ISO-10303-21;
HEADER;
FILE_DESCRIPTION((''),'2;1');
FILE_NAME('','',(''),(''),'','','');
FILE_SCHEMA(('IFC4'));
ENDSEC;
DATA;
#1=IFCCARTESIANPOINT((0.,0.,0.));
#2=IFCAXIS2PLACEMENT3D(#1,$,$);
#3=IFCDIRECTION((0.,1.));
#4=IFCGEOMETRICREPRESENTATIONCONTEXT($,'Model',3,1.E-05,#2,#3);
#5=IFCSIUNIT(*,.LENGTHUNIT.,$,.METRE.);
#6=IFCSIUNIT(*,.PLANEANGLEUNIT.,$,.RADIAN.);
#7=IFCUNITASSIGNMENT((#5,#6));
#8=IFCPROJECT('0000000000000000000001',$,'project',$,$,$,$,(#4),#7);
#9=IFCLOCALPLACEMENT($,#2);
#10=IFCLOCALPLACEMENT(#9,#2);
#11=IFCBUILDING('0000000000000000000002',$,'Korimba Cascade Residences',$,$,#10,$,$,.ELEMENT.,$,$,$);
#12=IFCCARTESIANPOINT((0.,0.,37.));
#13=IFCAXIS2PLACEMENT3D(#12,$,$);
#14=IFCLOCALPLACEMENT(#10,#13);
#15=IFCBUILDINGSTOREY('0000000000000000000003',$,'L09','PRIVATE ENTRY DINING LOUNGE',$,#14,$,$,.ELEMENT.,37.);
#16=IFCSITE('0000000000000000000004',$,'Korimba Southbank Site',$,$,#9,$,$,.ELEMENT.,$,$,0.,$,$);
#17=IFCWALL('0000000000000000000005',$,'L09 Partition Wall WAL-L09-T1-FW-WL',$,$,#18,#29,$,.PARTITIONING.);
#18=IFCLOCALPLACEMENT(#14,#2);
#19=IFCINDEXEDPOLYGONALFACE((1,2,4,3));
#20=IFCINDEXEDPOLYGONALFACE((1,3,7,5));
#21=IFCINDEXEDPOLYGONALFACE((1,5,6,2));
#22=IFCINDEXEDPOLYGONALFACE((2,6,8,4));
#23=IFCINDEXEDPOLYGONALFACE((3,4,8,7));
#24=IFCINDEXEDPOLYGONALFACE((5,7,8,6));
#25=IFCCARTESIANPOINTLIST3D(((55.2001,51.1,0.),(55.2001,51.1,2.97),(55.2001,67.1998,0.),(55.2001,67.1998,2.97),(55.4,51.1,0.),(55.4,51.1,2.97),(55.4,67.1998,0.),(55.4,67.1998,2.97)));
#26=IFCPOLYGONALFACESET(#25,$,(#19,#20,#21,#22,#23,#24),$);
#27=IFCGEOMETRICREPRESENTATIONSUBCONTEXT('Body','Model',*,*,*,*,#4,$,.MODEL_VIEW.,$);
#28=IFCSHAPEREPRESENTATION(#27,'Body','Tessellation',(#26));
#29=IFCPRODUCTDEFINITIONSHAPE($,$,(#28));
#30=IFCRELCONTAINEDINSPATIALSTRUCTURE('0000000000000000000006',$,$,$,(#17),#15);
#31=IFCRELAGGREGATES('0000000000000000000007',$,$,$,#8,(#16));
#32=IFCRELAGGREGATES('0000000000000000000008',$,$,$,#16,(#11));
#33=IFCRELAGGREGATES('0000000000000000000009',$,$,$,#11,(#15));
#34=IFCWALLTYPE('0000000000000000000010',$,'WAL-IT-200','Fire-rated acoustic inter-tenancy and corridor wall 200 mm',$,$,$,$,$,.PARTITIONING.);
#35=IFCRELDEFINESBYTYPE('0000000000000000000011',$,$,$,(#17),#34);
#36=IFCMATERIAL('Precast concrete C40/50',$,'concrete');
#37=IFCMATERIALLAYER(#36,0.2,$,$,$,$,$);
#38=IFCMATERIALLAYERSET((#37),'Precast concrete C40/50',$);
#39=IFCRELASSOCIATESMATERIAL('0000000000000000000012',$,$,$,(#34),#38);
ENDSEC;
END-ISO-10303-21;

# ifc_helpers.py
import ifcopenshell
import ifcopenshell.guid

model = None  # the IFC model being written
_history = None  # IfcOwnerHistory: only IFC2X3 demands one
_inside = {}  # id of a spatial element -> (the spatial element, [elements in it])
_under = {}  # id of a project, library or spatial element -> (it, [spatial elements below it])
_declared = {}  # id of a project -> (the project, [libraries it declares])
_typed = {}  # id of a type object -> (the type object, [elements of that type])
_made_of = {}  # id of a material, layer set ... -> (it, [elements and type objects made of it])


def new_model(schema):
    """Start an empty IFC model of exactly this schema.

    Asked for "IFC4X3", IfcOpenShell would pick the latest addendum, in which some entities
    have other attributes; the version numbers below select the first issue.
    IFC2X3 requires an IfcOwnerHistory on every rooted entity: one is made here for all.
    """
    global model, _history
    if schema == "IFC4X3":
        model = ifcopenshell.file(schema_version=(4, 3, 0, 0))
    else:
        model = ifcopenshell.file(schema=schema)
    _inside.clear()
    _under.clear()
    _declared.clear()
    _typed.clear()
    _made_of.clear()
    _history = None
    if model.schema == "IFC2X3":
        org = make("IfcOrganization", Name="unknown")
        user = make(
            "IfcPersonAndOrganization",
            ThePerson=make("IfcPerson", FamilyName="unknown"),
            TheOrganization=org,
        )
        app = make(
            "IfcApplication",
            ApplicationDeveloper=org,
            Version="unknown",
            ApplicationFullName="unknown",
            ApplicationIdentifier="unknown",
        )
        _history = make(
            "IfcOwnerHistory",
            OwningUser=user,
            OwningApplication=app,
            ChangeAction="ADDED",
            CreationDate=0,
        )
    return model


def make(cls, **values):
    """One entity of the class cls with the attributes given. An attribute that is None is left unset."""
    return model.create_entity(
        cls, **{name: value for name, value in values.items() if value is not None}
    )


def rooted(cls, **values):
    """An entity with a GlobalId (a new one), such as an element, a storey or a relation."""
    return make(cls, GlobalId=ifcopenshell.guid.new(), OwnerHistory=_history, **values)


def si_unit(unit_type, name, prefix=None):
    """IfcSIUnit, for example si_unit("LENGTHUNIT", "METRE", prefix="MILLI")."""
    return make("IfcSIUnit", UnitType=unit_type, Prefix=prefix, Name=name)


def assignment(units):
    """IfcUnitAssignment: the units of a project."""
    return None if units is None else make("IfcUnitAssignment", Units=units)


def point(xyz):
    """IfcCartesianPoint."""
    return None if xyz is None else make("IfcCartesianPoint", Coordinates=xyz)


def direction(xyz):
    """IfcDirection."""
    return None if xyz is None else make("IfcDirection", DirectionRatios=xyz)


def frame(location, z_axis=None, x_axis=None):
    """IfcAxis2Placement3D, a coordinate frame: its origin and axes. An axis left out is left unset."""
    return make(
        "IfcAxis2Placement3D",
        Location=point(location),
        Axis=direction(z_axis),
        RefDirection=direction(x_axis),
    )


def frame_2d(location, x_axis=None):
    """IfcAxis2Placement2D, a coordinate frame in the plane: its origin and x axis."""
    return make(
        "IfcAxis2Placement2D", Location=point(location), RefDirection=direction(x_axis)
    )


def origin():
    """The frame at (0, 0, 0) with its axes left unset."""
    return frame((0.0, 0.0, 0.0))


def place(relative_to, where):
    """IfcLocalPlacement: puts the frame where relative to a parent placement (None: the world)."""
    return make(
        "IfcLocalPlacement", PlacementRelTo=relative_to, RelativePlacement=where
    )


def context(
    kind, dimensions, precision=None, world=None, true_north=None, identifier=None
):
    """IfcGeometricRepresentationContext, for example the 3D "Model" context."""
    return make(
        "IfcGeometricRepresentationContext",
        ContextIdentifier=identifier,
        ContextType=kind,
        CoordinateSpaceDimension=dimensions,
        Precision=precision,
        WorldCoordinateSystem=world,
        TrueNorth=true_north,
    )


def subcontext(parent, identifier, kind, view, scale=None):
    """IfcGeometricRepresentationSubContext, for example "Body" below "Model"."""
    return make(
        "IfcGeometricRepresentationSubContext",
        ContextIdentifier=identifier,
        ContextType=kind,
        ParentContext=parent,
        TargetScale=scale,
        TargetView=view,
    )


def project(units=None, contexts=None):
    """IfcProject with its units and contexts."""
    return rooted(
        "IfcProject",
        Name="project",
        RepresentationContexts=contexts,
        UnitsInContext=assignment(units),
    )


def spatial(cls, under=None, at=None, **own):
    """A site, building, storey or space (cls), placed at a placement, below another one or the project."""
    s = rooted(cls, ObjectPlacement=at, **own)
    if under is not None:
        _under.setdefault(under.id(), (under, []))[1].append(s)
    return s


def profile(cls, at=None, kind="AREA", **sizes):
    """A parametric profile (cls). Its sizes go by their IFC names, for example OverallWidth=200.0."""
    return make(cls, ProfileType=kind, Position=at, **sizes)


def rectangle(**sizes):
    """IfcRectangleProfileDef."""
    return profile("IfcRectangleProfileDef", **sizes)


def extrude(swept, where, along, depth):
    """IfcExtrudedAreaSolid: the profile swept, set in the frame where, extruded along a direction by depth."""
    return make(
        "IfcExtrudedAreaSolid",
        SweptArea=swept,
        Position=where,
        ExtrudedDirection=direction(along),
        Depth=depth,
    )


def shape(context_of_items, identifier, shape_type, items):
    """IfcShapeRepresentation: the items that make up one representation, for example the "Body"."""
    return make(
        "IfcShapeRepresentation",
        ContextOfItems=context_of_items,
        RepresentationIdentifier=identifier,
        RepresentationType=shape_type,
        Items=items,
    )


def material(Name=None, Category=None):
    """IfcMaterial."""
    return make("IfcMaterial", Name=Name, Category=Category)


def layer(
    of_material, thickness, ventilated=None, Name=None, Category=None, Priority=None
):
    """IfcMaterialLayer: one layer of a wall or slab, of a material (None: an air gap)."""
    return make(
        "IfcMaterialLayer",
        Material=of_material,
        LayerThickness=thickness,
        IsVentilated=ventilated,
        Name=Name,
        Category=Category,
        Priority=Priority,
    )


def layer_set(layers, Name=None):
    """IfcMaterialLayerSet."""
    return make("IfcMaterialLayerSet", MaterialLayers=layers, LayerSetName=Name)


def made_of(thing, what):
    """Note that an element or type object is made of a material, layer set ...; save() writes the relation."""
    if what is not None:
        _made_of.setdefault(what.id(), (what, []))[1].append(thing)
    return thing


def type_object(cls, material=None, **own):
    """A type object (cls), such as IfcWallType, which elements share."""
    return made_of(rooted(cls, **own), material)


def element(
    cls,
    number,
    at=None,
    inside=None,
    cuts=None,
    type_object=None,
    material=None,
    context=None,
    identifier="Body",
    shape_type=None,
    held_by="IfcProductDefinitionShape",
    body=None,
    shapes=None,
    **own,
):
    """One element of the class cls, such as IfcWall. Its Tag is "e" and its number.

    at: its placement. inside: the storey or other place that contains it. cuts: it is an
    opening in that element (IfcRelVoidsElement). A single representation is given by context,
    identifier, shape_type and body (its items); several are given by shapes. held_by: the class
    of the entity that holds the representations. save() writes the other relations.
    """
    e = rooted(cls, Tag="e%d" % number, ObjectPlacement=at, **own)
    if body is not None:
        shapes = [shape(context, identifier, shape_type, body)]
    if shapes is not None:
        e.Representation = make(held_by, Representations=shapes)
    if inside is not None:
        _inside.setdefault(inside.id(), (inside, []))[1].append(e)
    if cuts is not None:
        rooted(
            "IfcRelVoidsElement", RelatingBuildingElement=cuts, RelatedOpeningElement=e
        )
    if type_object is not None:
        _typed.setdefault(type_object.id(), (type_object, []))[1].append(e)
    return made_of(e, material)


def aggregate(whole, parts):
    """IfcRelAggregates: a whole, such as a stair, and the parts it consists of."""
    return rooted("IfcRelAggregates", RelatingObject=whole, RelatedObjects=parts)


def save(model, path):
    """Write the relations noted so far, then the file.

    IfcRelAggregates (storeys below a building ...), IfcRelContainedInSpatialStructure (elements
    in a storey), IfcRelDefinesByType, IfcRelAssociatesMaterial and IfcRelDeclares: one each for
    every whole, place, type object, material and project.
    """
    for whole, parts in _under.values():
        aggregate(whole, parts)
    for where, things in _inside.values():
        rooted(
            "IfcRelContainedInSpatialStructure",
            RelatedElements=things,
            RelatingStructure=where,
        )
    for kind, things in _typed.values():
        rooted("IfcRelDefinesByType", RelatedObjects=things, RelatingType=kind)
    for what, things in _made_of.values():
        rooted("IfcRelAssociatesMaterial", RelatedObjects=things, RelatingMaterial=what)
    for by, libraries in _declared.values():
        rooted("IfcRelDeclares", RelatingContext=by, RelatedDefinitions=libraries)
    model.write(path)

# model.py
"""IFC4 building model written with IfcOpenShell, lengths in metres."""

from ifc_helpers import new_model, si_unit, direction, frame, frame_2d, origin, place, context, subcontext, project, spatial, rectangle, extrude, material, layer, layer_set, type_object, element, save


model = new_model("IFC4")

# Units and contexts
model_context = context("Model", 3, precision=1e-05, world=origin(), true_north=direction((0.0, 1.0)))
body_context = subcontext(model_context, "Body", "Model", "MODEL_VIEW")
ifc_project = project(units=[si_unit("LENGTHUNIT", "METRE"), si_unit("PLANEANGLEUNIT", "RADIAN")], contexts=[model_context])

# Site, building, storey
site_placement = place(None, origin())
site = spatial("IfcSite", under=ifc_project, at=site_placement, Name="Korimba Southbank Site", CompositionType="ELEMENT", RefElevation=0.0)
building_placement = place(site_placement, origin())
building = spatial("IfcBuilding", under=site, at=building_placement, Name="Korimba Cascade Residences", CompositionType="ELEMENT")
storey_placement = place(building_placement, frame((0.0, 0.0, 37.0)))
storey = spatial("IfcBuildingStorey", under=building, at=storey_placement, Name="L09", Description="PRIVATE ENTRY DINING LOUNGE", CompositionType="ELEMENT", Elevation=37.0)

# Shared definitions
ifc_material_1 = material(Name="Precast concrete C40/50", Category="concrete")

# Wall
ifc_layer_1 = layer(ifc_material_1, 0.2)
ifc_layer_set_1 = layer_set([ifc_layer_1], Name="Precast concrete C40/50")
wall_type_1 = type_object("IfcWallType", Name="WAL-IT-200", Description="Fire-rated acoustic inter-tenancy and corridor wall 200 mm", PredefinedType="PARTITIONING", material=ifc_layer_set_1)
wall_1_placement = place(storey_placement, frame((55.3, 51.1001, 0.0), z_axis=(0.0, 0.0, 1.0), x_axis=(0.0, 1.0, 0.0)))
element("IfcWall", 1, at=wall_1_placement, inside=storey, type_object=wall_type_1, Name="L09 Partition Wall WAL-L09-T1-FW-WL", PredefinedType="PARTITIONING", context=body_context, shape_type="SweptSolid", body=[
    extrude(rectangle(XDim=16.0999, YDim=0.2, at=frame_2d((8.0498, 0.0))), origin(), (0.0, 0.0, 1.0), 2.97),
])

save(model, "model.ifc")
